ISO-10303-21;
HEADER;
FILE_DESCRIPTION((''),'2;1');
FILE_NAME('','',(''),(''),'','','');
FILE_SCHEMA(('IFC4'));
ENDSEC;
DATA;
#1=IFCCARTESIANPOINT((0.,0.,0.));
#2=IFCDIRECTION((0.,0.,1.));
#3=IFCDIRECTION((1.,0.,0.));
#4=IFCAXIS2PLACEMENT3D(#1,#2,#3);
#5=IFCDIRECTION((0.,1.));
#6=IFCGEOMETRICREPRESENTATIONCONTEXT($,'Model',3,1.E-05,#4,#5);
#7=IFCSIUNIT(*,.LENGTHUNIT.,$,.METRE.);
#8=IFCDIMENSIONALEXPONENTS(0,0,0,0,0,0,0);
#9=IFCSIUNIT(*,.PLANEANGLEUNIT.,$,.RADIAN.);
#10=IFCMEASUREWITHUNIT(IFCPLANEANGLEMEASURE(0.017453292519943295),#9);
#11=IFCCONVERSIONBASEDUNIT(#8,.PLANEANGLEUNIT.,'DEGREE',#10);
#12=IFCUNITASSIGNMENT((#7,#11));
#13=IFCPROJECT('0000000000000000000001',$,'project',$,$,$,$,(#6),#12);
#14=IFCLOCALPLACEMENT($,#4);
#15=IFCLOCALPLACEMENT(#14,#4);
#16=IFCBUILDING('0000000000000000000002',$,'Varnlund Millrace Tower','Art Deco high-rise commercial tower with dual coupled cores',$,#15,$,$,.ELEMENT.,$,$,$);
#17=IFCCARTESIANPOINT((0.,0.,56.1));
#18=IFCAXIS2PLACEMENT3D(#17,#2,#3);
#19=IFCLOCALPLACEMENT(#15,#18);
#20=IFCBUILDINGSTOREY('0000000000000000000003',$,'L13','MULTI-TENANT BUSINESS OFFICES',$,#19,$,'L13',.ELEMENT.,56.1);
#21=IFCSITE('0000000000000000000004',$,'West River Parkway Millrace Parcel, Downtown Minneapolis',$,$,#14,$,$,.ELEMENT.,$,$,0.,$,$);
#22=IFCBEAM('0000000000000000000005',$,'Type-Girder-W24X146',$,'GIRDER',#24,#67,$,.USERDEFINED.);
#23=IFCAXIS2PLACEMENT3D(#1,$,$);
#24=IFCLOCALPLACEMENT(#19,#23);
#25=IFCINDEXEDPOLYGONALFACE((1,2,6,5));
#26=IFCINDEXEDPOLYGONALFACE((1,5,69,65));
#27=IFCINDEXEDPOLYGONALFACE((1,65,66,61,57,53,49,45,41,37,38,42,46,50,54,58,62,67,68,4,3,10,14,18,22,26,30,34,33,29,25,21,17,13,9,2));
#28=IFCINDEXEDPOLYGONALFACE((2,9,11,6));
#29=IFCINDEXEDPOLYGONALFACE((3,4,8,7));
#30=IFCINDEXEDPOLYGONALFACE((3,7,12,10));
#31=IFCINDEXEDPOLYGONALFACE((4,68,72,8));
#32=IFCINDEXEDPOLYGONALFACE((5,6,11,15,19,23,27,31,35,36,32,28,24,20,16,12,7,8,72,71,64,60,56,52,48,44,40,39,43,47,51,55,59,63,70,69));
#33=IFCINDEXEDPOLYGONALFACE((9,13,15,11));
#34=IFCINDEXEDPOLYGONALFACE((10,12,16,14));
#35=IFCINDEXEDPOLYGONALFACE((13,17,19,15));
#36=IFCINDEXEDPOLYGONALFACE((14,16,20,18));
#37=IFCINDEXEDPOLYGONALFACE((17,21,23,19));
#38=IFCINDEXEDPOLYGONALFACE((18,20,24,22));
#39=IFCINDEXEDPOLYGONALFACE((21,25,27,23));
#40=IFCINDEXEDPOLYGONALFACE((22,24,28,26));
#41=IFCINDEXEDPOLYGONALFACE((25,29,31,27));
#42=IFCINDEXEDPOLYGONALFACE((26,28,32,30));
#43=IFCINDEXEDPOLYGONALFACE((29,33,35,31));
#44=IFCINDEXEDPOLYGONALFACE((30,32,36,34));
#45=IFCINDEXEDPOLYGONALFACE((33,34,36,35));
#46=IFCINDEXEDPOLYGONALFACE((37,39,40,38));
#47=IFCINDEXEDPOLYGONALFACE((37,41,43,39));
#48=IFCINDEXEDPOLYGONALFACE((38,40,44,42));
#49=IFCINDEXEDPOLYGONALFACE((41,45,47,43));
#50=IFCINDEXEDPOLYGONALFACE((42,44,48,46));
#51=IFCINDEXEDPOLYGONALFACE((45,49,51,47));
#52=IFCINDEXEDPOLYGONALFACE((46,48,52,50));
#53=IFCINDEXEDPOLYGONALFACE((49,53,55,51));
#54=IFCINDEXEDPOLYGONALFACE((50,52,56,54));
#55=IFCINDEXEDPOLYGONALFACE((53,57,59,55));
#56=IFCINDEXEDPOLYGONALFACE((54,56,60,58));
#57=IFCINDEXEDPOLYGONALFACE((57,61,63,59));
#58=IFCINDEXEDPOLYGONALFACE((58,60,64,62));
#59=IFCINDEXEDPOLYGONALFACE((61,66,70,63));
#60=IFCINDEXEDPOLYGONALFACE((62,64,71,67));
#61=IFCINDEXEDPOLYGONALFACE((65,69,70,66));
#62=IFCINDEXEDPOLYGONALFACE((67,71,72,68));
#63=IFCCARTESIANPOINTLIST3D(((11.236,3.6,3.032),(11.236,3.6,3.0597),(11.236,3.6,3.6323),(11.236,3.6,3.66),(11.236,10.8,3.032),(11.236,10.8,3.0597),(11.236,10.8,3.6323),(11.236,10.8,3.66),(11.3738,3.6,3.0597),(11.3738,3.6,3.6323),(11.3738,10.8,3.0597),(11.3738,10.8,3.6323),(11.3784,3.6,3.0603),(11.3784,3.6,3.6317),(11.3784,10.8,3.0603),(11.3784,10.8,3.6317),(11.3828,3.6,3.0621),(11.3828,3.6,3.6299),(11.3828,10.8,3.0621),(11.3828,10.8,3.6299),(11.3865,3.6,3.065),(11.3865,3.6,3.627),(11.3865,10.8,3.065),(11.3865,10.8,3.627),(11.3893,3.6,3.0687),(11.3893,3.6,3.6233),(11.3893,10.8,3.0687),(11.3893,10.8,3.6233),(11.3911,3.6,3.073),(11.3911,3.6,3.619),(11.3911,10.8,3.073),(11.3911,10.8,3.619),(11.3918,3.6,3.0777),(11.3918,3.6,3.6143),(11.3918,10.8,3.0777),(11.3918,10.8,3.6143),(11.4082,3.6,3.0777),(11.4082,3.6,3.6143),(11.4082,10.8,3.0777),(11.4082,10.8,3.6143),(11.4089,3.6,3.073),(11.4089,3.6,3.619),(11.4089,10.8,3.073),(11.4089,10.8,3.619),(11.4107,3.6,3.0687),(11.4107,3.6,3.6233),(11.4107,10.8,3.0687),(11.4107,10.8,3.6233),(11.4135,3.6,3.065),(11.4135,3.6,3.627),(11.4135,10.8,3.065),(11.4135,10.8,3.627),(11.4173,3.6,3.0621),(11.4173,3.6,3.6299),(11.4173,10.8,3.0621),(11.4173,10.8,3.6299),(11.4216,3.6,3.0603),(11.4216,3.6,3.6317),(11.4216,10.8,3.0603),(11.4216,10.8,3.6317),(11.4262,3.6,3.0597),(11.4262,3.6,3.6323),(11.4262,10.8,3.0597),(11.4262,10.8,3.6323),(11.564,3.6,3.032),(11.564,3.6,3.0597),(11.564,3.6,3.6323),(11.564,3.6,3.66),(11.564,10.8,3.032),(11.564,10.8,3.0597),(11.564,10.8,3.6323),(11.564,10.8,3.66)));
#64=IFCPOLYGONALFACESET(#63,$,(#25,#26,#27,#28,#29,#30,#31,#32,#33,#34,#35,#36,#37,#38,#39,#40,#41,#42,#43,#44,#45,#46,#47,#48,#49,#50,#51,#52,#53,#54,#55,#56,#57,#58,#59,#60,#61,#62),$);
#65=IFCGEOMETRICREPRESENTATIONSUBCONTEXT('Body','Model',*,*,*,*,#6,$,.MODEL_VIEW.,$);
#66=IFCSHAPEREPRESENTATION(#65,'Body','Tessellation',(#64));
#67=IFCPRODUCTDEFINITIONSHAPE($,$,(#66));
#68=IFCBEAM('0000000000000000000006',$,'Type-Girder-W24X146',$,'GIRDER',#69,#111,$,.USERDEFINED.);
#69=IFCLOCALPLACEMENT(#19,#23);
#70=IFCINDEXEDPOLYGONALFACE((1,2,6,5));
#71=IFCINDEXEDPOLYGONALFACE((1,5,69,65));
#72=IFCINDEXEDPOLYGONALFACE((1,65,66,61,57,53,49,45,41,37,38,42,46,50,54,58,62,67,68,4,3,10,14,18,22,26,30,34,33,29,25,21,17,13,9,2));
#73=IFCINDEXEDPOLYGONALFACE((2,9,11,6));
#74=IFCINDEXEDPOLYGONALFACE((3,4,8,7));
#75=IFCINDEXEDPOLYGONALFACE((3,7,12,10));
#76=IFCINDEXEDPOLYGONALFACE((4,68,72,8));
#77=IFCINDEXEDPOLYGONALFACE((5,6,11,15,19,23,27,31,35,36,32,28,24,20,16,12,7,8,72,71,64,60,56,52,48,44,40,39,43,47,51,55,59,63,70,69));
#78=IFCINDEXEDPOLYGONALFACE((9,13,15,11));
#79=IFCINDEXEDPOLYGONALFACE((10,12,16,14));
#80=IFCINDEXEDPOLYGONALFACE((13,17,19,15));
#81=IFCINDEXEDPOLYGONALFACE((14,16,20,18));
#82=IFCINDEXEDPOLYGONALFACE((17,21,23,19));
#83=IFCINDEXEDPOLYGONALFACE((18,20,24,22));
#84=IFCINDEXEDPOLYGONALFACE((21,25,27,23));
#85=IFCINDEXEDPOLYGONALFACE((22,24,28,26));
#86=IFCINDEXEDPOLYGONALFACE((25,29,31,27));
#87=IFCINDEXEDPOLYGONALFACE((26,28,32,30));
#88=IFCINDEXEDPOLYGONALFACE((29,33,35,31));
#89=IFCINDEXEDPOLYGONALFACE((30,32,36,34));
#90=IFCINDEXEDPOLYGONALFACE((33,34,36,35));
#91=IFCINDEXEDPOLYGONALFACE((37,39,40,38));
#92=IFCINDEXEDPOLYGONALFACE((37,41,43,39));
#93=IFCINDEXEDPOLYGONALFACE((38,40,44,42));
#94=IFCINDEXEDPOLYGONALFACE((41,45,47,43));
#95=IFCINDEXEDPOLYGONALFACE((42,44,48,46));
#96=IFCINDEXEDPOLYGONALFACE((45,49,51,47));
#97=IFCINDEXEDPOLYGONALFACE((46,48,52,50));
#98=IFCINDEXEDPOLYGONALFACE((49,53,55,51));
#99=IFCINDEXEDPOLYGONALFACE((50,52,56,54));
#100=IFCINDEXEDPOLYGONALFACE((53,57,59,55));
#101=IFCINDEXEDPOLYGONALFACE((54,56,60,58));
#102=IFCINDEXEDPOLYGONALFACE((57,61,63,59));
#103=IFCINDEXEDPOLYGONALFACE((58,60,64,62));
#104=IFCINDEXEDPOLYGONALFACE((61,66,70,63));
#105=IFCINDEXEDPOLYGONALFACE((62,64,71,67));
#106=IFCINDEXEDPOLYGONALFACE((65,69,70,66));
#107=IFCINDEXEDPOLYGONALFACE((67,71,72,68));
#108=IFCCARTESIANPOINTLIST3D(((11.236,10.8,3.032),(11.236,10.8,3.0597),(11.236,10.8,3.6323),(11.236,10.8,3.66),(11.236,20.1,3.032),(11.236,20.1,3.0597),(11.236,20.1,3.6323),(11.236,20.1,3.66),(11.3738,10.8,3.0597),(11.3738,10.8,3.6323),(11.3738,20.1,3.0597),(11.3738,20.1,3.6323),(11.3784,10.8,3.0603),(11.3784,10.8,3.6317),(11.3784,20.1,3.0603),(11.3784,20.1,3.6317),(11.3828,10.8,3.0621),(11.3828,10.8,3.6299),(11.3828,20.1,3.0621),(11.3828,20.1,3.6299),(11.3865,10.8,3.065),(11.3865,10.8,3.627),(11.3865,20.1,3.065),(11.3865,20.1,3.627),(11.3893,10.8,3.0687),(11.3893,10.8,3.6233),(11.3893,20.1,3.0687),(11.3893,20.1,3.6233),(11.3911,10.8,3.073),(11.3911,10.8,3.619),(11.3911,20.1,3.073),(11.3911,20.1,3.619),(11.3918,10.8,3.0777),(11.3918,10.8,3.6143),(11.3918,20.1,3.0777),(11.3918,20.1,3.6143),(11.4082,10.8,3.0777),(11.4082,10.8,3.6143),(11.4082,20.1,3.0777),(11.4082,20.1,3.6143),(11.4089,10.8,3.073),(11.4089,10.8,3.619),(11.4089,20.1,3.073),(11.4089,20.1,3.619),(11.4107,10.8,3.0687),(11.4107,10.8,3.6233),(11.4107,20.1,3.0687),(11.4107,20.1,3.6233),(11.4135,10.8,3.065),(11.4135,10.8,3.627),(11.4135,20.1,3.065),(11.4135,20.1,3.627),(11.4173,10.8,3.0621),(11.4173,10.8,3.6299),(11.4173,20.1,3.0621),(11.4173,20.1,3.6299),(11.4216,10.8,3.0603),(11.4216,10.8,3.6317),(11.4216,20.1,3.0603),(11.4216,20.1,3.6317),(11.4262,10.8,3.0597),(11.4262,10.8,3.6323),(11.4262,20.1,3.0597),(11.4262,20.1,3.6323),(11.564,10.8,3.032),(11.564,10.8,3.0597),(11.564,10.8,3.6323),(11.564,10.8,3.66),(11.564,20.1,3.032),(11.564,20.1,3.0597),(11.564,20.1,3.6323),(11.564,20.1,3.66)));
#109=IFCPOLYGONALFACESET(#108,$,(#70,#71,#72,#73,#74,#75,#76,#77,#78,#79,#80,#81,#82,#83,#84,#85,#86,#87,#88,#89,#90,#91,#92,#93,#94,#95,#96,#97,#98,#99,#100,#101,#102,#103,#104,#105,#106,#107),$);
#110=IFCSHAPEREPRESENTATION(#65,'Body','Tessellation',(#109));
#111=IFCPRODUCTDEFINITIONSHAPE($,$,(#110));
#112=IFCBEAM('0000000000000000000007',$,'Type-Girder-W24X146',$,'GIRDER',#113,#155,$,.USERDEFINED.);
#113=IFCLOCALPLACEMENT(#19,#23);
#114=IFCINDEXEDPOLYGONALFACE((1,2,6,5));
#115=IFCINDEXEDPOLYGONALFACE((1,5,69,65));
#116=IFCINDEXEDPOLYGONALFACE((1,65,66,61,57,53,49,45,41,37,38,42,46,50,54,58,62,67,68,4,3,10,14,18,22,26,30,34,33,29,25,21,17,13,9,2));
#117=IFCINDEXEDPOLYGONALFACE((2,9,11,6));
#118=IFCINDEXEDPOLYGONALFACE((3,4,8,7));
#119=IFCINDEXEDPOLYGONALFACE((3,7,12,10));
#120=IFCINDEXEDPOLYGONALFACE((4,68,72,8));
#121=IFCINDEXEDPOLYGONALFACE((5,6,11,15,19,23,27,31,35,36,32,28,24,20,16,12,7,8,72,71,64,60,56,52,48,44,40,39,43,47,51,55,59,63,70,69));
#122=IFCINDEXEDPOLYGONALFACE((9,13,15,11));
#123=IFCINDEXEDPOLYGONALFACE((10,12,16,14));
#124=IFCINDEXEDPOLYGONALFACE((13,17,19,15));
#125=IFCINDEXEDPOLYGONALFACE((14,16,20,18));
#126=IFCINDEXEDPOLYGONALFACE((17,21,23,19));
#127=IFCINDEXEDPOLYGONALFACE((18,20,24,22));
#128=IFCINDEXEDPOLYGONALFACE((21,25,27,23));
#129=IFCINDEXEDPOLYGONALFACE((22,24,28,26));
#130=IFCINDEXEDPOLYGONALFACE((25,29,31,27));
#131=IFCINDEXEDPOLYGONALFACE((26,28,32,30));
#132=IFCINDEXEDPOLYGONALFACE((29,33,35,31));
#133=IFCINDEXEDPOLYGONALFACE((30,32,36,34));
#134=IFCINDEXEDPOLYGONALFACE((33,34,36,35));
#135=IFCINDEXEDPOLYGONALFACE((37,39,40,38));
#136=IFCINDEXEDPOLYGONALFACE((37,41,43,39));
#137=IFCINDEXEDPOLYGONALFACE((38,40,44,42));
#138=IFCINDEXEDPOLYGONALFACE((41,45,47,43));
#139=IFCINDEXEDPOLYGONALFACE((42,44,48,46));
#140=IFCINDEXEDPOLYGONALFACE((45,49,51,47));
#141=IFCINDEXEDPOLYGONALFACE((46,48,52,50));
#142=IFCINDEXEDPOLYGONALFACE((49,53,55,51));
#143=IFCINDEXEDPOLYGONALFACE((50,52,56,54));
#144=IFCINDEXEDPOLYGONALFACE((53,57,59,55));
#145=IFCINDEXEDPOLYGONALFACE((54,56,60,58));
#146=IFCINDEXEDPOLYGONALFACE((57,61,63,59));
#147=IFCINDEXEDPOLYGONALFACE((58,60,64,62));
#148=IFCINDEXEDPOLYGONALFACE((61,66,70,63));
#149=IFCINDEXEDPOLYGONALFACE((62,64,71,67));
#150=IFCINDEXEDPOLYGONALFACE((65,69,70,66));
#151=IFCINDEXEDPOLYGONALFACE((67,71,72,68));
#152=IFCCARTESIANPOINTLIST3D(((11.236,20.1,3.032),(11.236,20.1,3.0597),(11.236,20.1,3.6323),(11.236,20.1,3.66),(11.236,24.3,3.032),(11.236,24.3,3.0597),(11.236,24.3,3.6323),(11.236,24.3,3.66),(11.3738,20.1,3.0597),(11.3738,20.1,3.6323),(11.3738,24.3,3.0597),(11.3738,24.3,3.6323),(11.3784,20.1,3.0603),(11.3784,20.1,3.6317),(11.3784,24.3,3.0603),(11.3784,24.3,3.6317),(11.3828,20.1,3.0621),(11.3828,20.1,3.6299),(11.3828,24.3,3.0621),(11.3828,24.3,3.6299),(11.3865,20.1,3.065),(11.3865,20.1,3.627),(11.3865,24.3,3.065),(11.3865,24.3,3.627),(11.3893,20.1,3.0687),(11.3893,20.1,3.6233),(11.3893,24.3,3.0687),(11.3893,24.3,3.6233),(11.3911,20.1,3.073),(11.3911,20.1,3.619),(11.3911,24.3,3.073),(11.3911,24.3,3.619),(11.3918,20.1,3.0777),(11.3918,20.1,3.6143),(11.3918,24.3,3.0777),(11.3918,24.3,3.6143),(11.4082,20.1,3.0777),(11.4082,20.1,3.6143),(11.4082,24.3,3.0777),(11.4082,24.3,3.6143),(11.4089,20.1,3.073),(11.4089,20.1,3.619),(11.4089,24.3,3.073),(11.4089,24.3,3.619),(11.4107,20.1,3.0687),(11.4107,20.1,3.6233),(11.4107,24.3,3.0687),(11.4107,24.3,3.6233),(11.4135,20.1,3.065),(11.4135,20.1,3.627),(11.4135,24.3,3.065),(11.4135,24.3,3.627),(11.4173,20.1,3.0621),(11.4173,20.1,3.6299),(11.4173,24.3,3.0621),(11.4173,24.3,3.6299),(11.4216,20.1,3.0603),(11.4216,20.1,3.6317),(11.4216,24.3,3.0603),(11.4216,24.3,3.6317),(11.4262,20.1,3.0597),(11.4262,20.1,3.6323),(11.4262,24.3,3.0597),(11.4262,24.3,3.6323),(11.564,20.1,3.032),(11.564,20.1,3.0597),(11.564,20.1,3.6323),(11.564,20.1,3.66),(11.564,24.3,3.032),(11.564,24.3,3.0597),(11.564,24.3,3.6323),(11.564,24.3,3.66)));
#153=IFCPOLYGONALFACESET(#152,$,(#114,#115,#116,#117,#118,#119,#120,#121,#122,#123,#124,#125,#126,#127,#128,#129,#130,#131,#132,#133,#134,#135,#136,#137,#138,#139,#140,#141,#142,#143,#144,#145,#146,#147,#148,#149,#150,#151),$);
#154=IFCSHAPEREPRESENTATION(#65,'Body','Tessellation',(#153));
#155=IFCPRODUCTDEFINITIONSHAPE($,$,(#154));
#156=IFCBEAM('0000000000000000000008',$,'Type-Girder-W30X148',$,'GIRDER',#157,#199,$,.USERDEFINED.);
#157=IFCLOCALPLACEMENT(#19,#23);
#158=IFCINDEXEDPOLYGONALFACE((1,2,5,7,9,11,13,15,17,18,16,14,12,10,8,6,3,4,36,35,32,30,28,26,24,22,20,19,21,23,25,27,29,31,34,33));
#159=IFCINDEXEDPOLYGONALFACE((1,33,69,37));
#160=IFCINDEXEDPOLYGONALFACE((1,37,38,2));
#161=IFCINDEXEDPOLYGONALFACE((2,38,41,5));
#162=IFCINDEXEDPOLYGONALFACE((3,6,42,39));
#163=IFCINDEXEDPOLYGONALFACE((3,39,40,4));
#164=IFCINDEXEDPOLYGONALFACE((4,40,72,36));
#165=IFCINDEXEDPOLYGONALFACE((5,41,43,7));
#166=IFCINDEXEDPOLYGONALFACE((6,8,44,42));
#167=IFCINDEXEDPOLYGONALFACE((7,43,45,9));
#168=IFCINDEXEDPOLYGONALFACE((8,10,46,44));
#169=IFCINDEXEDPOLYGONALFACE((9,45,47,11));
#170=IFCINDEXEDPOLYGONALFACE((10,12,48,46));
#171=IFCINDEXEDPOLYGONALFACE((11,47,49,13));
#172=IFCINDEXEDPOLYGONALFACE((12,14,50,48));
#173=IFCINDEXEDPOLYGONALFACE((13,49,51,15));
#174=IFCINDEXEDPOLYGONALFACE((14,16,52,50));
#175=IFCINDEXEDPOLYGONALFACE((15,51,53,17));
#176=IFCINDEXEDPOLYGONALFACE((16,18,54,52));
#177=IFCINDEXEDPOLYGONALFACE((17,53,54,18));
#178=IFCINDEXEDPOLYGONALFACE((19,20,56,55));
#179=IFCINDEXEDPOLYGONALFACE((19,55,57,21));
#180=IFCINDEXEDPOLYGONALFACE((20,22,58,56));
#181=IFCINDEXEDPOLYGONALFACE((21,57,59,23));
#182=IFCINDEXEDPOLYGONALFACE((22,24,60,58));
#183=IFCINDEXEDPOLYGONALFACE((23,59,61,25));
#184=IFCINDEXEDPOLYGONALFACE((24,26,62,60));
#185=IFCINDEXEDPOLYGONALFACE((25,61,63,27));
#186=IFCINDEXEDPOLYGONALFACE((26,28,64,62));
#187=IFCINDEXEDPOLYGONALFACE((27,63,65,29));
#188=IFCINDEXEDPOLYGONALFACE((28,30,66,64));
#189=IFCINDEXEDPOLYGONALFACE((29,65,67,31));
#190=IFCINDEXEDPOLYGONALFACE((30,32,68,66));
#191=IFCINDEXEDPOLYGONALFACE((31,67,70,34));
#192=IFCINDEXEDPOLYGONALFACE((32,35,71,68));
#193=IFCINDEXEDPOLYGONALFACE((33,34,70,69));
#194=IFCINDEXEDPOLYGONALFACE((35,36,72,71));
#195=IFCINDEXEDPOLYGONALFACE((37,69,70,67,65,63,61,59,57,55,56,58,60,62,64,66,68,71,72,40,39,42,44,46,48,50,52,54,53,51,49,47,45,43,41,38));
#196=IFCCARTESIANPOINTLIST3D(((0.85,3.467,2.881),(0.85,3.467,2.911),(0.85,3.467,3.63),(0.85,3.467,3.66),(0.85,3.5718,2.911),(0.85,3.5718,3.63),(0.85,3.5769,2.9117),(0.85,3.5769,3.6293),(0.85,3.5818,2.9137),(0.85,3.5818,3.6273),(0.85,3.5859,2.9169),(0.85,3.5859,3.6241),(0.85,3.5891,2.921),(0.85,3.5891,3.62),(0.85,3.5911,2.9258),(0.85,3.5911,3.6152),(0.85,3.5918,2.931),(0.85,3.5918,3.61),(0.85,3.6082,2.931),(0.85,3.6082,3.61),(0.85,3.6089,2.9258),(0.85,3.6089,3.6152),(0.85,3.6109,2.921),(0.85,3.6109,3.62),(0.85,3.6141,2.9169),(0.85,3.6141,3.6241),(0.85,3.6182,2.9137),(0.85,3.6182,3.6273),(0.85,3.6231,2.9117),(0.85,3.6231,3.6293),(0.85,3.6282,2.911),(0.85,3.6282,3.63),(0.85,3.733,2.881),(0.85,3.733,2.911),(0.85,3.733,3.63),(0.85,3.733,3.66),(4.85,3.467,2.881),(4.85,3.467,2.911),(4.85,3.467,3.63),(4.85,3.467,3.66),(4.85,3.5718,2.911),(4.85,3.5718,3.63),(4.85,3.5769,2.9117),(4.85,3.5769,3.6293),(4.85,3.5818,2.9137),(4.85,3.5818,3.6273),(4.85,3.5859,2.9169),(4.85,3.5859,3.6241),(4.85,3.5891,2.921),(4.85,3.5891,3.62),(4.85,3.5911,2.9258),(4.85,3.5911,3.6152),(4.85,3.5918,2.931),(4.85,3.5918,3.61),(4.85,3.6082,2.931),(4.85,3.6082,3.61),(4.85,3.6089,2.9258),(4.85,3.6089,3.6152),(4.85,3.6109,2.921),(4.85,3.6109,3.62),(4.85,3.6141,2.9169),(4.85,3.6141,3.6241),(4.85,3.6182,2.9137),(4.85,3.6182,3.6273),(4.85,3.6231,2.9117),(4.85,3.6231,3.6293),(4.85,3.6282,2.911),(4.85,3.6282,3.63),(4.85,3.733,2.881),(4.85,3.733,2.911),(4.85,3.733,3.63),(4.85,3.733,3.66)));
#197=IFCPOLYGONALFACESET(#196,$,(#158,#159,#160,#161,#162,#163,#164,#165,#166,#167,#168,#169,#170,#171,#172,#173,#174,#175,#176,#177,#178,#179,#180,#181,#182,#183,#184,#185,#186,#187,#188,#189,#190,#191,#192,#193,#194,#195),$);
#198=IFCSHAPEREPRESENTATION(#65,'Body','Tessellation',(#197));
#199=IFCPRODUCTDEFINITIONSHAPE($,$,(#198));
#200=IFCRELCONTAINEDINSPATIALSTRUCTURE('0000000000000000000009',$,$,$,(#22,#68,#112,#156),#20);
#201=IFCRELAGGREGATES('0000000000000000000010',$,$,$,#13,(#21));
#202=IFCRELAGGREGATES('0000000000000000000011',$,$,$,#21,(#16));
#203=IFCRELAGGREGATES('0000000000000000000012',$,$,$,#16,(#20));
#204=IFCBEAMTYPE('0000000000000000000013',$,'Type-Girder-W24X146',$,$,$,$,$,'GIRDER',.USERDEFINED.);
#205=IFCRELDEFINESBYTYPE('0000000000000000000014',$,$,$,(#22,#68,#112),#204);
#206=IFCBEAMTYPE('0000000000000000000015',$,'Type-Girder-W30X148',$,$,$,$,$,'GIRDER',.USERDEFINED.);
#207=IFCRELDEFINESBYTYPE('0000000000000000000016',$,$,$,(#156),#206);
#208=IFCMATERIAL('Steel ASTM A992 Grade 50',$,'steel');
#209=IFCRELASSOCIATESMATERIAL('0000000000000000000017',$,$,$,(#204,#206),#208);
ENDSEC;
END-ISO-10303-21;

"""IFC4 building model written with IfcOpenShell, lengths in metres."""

from ifc_helpers import new_model, entity, si_unit, converted_unit, direction, frame, origin_with_axes, origin_2d_with_axis, place, context, subcontext, project, spatial, i_section, extrude, material, material_profile, profile_set, type_object, element, save


model = new_model("IFC4")

# Units and contexts
model_context = context("Model", 3, precision=1e-05, world=origin_with_axes(), true_north=direction((0.0, 1.0)))
body_context = subcontext(model_context, "Body", "Model", "MODEL_VIEW")
ifc_project = project(units=[si_unit("LENGTHUNIT", "METRE"), converted_unit("PLANEANGLEUNIT", "DEGREE", entity("IfcPlaneAngleMeasure", 0.017453292519943295), si_unit("PLANEANGLEUNIT", "RADIAN"), dimensions=[0, 0, 0, 0, 0, 0, 0])], contexts=[model_context])

# Site, building, storey
site_placement = place(None, origin_with_axes())
site = spatial("IfcSite", under=ifc_project, at=site_placement, Name="West River Parkway Millrace Parcel, Downtown Minneapolis", CompositionType="ELEMENT", RefElevation=0.0)
building_placement = place(site_placement, origin_with_axes())
building = spatial("IfcBuilding", under=site, at=building_placement, Name="Varnlund Millrace Tower", Description="Art Deco high-rise commercial tower with dual coupled cores", CompositionType="ELEMENT")
storey_placement = place(building_placement, frame((0.0, 0.0, 56.1), z_axis=(0.0, 0.0, 1.0), x_axis=(1.0, 0.0, 0.0)))
storey = spatial("IfcBuildingStorey", under=building, at=storey_placement, Name="L13", Description="MULTI-TENANT BUSINESS OFFICES", LongName="L13", CompositionType="ELEMENT", Elevation=56.1)

# Beams
ifc_material_1 = material(Name="Steel ASTM A992 Grade 50", Category="steel")
ifc_material_profile_1 = material_profile(ifc_material_1, i_section(OverallWidth=0.328, OverallDepth=0.628, WebThickness=0.0165, FlangeThickness=0.0277, FilletRadius=0.018, at=origin_2d_with_axis()), Name="Steel ASTM A992 Grade 50")
ifc_profile_set_1 = profile_set([ifc_material_profile_1], Name="Steel ASTM A992 Grade 50")
beam_type_1 = type_object("IfcBeamType", Name="Type-Girder-W24X146", ElementType="GIRDER", PredefinedType="USERDEFINED", material=ifc_profile_set_1)
beam_1_placement = place(storey_placement, frame((11.4, 3.6, 3.346), z_axis=(0.0, 1.0, 0.0), x_axis=(-1.0, 0.0, 0.0)))
element("IfcBeam", 1, at=beam_1_placement, inside=storey, type_object=beam_type_1, Name="Type-Girder-W24X146", ObjectType="GIRDER", PredefinedType="USERDEFINED", context=body_context, shape_type="SweptSolid", body=[
    extrude(i_section(OverallWidth=0.328, OverallDepth=0.628, WebThickness=0.0165, FlangeThickness=0.0277, FilletRadius=0.018, at=origin_2d_with_axis()), origin_with_axes(), (0.0, 0.0, 1.0), 7.2),
])
beam_2_placement = place(storey_placement, frame((11.4, 10.8, 3.346), z_axis=(0.0, 1.0, 0.0), x_axis=(-1.0, 0.0, 0.0)))
element("IfcBeam", 2, at=beam_2_placement, inside=storey, type_object=beam_type_1, Name="Type-Girder-W24X146", ObjectType="GIRDER", PredefinedType="USERDEFINED", context=body_context, shape_type="SweptSolid", body=[
    extrude(i_section(OverallWidth=0.328, OverallDepth=0.628, WebThickness=0.0165, FlangeThickness=0.0277, FilletRadius=0.018, at=origin_2d_with_axis()), origin_with_axes(), (0.0, 0.0, 1.0), 9.3),
])
beam_3_placement = place(storey_placement, frame((11.4, 20.1, 3.346), z_axis=(0.0, 1.0, 0.0), x_axis=(-1.0, 0.0, 0.0)))
element("IfcBeam", 3, at=beam_3_placement, inside=storey, type_object=beam_type_1, Name="Type-Girder-W24X146", ObjectType="GIRDER", PredefinedType="USERDEFINED", context=body_context, shape_type="SweptSolid", body=[
    extrude(i_section(OverallWidth=0.328, OverallDepth=0.628, WebThickness=0.0165, FlangeThickness=0.0277, FilletRadius=0.018, at=origin_2d_with_axis()), origin_with_axes(), (0.0, 0.0, 1.0), 4.2),
])
ifc_material_profile_2 = material_profile(ifc_material_1, i_section(OverallWidth=0.266, OverallDepth=0.779, WebThickness=0.0165, FlangeThickness=0.03, FilletRadius=0.02, at=origin_2d_with_axis()), Name="Steel ASTM A992 Grade 50")
ifc_profile_set_2 = profile_set([ifc_material_profile_2], Name="Steel ASTM A992 Grade 50")
beam_type_2 = type_object("IfcBeamType", Name="Type-Girder-W30X148", ElementType="GIRDER", PredefinedType="USERDEFINED", material=ifc_profile_set_2)
beam_4_placement = place(storey_placement, frame((0.85, 3.6, 3.2705), z_axis=(1.0, 0.0, 0.0), x_axis=(0.0, 1.0, 0.0)))
element("IfcBeam", 4, at=beam_4_placement, inside=storey, type_object=beam_type_2, Name="Type-Girder-W30X148", ObjectType="GIRDER", PredefinedType="USERDEFINED", context=body_context, shape_type="SweptSolid", body=[
    extrude(i_section(OverallWidth=0.266, OverallDepth=0.779, WebThickness=0.0165, FlangeThickness=0.03, FilletRadius=0.02, at=origin_2d_with_axis()), origin_with_axes(), (0.0, 0.0, 1.0), 4.0),
])

save(model, "model.ifc")
